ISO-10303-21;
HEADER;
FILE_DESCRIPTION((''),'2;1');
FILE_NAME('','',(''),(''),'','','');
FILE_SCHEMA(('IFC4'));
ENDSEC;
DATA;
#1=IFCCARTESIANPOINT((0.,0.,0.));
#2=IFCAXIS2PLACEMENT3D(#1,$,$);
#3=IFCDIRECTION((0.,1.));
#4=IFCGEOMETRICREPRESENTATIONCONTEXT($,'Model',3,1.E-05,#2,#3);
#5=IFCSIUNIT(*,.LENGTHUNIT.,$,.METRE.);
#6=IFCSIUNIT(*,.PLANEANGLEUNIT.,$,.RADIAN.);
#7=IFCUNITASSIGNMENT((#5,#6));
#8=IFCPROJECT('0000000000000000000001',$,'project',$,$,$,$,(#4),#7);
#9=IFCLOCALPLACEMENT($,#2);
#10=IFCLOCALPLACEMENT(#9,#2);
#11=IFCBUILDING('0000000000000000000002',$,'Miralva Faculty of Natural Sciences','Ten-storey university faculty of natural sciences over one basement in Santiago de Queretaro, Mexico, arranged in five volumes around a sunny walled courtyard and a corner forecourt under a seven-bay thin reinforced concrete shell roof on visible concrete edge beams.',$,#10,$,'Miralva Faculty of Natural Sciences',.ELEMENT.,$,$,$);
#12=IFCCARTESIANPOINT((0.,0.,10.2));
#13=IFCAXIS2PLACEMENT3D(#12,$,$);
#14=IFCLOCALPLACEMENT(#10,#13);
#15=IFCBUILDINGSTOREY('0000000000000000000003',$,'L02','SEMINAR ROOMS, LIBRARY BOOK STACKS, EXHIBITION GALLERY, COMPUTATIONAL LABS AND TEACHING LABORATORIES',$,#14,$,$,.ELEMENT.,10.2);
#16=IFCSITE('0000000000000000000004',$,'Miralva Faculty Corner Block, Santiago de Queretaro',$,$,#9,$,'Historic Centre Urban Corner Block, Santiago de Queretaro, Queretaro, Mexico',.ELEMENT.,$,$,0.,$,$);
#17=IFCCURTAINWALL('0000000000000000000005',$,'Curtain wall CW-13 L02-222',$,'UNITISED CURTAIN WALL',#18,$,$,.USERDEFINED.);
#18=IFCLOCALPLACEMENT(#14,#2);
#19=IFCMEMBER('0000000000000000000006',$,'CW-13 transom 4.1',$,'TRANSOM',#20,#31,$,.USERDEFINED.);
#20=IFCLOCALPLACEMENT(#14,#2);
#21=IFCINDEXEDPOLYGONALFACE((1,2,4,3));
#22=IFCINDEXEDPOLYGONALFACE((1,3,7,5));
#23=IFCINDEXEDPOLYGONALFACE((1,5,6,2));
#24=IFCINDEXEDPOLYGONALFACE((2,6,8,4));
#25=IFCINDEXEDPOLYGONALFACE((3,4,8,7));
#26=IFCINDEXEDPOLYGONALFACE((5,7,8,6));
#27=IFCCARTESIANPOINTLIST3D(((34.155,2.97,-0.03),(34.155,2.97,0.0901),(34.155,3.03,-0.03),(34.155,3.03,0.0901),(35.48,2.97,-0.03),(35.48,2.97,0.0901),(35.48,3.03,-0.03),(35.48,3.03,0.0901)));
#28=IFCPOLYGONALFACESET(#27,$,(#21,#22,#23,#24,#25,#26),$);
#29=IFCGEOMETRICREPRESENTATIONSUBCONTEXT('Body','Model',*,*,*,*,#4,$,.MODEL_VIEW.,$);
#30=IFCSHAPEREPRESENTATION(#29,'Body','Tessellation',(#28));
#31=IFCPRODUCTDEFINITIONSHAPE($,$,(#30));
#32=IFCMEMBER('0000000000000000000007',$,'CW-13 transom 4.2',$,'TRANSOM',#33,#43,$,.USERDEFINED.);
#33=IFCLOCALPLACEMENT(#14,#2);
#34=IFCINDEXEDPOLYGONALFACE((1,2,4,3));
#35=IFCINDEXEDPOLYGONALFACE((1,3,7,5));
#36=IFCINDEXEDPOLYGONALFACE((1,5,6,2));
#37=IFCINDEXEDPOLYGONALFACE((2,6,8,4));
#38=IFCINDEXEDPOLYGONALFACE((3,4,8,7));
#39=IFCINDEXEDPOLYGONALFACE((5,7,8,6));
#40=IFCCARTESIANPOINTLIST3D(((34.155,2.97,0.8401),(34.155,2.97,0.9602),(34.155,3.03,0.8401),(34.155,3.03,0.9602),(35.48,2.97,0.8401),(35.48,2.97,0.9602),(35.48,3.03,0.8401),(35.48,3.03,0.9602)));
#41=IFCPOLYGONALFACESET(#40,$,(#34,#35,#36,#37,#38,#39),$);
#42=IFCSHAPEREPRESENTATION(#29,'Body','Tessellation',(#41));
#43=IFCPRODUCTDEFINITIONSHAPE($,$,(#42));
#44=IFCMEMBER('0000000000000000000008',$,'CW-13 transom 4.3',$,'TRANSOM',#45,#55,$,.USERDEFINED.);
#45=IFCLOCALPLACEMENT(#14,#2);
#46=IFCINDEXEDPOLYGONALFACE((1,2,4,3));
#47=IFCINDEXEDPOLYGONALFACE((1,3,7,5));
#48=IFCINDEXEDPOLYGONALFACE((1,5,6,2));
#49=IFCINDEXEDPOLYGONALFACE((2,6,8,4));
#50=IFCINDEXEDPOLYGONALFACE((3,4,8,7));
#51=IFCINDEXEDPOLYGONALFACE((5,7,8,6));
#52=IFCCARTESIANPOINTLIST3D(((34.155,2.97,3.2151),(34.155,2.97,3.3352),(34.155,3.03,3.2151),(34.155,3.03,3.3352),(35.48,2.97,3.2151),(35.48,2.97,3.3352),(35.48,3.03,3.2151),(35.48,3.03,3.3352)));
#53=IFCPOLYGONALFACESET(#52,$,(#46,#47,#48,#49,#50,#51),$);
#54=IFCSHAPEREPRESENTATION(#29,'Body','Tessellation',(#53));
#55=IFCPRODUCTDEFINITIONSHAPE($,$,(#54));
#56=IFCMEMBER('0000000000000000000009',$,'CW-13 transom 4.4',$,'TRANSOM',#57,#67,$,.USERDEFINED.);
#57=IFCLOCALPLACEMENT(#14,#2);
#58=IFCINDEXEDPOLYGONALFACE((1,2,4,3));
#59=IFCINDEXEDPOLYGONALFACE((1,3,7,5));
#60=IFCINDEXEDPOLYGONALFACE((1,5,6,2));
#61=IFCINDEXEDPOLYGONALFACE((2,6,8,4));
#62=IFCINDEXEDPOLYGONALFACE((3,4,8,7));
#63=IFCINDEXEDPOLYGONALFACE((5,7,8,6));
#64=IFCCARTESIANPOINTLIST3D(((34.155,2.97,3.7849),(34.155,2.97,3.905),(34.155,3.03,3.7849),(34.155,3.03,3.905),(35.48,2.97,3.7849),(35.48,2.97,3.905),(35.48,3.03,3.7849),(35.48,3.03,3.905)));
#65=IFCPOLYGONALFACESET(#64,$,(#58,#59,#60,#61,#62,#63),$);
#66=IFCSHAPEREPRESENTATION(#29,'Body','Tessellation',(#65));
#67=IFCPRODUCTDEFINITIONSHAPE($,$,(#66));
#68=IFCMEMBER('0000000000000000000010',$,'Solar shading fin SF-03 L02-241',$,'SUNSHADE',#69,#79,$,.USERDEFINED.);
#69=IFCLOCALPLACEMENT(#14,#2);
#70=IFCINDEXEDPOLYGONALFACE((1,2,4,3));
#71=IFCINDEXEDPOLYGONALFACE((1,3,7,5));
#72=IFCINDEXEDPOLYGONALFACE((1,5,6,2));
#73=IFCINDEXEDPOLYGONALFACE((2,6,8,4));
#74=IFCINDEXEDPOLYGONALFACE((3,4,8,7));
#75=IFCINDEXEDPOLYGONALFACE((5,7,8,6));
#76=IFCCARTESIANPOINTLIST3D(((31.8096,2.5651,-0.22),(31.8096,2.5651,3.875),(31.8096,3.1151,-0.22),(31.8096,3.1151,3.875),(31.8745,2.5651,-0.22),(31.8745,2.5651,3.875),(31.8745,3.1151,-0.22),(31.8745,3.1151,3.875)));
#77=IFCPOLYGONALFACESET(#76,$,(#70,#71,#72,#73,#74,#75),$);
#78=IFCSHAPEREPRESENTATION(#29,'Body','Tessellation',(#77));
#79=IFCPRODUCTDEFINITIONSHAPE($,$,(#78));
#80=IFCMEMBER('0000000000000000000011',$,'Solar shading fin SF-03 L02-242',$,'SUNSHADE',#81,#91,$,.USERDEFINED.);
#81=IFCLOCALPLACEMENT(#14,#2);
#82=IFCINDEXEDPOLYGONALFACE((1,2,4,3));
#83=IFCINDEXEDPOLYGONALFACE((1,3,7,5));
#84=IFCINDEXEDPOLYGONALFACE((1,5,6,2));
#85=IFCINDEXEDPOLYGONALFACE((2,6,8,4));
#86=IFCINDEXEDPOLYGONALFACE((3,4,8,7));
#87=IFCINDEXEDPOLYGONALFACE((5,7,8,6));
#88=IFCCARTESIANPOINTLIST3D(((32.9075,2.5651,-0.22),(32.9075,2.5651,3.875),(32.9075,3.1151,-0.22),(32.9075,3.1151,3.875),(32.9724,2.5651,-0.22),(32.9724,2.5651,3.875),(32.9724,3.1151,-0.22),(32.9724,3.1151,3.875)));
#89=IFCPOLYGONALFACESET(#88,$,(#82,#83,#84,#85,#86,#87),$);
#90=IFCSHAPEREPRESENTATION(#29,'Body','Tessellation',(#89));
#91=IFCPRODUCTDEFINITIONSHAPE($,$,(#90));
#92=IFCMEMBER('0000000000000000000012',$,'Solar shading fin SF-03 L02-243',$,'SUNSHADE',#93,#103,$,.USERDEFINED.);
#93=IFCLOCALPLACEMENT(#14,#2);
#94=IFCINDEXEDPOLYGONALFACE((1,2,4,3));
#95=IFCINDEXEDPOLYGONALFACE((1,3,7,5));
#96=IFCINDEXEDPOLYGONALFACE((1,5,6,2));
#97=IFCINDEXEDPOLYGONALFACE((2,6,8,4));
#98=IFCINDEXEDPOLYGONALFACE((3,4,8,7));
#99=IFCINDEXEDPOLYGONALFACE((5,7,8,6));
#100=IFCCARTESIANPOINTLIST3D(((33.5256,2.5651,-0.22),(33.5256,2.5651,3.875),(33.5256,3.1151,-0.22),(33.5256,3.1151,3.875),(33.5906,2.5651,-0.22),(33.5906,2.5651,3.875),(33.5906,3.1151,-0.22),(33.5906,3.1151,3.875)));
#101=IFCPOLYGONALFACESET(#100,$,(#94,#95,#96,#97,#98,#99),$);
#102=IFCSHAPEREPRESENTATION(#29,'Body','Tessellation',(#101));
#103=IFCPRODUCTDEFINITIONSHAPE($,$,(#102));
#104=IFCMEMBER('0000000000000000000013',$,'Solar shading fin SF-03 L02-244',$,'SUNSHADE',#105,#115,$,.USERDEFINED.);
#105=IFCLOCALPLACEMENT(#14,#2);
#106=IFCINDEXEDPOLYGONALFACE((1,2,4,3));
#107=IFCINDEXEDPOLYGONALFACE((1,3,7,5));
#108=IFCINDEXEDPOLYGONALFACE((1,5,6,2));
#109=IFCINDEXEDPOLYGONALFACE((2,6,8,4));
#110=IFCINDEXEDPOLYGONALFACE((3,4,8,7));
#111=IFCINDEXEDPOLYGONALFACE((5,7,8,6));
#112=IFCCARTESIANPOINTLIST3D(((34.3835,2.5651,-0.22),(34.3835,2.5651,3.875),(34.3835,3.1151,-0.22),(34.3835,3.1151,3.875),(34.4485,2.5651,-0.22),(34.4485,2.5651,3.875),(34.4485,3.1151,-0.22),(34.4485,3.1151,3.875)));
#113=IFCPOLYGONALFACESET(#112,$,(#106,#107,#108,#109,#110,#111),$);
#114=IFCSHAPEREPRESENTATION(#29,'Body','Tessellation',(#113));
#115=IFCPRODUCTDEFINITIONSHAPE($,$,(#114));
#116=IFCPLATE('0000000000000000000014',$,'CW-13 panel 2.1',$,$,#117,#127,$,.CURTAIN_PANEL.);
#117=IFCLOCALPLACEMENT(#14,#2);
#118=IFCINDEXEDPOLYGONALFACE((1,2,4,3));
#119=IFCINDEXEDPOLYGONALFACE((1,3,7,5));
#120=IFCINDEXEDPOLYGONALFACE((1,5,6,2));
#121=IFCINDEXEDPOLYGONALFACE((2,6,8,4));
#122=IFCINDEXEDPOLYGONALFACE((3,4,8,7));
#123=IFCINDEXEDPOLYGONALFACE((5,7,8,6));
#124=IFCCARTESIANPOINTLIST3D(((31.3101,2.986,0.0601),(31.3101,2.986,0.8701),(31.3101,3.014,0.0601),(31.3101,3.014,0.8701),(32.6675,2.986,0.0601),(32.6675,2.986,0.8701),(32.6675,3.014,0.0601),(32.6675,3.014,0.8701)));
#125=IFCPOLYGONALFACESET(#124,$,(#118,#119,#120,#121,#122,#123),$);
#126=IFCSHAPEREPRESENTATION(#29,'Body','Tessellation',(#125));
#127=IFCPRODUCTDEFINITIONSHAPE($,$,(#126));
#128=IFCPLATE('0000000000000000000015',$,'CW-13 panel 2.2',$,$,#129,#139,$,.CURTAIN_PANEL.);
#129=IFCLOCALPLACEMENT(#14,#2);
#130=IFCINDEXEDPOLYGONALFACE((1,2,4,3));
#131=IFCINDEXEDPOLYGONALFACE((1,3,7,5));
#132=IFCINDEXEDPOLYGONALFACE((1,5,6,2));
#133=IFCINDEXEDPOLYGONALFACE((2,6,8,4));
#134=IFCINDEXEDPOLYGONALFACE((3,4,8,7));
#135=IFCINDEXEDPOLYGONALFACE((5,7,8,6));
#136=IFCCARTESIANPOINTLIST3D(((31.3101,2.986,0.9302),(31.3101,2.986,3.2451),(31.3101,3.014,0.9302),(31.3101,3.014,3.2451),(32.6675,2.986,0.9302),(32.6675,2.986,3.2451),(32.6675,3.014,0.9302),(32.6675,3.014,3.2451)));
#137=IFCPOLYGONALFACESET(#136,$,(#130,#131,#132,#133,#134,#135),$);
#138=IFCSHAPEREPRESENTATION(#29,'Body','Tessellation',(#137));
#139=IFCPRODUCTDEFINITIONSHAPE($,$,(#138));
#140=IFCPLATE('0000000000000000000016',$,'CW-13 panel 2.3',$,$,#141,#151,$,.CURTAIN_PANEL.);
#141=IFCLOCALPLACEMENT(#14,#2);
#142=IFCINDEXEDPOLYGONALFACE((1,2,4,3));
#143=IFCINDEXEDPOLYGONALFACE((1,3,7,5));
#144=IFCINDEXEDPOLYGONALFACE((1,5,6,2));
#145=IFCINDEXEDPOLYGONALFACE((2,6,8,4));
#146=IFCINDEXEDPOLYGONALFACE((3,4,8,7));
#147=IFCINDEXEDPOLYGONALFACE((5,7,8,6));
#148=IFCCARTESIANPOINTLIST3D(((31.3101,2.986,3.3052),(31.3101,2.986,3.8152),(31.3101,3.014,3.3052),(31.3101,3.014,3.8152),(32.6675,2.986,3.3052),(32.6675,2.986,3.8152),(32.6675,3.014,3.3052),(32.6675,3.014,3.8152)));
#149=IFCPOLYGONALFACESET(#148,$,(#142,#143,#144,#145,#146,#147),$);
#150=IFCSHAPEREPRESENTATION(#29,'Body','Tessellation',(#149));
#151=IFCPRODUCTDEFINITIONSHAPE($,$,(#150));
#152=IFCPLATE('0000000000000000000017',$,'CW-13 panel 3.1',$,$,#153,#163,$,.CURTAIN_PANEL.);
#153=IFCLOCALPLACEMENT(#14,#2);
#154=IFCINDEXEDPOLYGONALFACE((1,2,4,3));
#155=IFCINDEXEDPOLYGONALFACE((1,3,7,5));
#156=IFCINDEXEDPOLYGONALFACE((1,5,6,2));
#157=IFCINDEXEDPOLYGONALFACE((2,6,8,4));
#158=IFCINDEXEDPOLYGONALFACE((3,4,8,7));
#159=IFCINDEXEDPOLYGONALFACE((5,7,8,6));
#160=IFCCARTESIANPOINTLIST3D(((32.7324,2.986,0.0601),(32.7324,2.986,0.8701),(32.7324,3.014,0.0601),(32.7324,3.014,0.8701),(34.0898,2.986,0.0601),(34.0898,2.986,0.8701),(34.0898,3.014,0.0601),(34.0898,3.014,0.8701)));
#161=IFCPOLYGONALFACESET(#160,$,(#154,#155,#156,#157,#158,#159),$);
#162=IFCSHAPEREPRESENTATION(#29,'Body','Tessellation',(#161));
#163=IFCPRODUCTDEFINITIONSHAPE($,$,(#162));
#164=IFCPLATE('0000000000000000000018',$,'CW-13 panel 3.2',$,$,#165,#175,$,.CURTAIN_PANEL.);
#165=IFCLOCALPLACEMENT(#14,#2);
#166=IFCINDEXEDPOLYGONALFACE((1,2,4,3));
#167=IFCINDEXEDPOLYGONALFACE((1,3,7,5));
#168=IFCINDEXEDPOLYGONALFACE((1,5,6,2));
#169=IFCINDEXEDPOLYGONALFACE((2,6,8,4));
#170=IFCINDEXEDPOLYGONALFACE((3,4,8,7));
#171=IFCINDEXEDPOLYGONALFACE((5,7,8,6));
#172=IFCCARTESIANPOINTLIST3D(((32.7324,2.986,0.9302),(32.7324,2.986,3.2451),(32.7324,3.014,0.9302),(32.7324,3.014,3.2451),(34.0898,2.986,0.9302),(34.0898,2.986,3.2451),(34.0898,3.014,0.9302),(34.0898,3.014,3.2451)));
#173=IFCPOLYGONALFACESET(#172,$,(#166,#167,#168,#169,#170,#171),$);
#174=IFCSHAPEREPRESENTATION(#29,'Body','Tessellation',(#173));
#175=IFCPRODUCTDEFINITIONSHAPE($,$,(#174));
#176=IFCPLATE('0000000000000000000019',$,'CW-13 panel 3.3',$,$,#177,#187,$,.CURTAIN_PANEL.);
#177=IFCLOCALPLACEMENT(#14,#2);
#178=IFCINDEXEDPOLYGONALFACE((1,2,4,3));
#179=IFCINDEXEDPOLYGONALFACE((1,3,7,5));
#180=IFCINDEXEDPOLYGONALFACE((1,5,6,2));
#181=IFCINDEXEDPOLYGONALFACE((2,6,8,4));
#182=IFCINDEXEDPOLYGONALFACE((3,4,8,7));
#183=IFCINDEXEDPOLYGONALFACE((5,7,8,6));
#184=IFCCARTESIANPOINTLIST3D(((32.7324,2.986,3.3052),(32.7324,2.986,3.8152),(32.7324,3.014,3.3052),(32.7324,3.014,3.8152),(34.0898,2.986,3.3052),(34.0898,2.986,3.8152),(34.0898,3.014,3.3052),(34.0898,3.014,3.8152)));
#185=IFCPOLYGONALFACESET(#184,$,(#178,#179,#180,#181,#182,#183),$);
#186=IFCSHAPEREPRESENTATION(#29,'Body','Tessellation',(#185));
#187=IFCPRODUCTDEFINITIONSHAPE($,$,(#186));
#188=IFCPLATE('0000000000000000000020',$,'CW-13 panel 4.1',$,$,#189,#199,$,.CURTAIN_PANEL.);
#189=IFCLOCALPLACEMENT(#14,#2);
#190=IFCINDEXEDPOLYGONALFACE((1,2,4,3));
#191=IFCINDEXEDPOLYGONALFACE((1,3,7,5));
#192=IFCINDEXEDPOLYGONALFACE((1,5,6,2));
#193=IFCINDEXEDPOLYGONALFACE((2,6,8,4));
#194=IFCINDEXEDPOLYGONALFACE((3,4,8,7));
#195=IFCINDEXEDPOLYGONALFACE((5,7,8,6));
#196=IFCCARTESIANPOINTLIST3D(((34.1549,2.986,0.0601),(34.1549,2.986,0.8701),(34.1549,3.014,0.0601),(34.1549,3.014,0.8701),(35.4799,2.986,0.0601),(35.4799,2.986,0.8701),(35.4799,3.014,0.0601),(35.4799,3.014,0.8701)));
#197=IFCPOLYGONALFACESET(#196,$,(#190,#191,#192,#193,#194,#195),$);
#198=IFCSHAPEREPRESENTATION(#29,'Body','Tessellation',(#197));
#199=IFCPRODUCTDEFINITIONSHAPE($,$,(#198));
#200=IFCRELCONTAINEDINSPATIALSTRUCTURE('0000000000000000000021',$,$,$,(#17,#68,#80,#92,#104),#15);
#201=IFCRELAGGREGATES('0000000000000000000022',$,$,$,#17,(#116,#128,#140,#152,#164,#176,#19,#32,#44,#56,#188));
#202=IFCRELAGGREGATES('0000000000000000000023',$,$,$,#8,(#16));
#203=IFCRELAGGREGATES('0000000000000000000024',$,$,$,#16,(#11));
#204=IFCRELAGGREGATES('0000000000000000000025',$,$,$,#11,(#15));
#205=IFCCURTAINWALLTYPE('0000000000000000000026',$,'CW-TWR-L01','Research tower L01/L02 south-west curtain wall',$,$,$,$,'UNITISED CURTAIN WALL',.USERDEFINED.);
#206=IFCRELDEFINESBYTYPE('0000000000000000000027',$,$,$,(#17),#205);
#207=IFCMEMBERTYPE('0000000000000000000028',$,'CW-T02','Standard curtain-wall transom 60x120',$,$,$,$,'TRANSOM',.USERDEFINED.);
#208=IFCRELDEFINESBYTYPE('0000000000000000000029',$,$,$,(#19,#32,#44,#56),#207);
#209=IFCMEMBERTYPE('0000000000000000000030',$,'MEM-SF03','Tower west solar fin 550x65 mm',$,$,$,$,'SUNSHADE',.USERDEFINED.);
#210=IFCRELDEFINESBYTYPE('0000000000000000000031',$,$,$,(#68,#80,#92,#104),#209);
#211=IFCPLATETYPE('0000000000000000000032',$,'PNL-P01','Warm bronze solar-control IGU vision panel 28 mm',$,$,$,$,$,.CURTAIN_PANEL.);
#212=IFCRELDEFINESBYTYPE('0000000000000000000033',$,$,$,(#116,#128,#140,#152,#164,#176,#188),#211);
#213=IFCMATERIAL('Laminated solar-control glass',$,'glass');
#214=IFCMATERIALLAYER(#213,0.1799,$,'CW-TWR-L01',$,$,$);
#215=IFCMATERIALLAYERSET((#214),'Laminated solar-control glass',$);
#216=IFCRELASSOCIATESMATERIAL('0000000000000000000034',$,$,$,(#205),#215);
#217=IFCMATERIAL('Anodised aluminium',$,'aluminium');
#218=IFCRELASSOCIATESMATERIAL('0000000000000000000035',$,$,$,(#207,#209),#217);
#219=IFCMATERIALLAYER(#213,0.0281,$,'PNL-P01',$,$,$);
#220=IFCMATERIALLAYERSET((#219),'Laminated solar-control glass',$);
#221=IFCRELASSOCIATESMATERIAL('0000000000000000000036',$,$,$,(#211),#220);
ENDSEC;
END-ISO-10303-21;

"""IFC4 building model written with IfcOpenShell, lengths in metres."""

from ifc_helpers import new_model, si_unit, direction, frame, origin, origin_2d, place, context, subcontext, project, spatial, rectangle, extrude, material, layer, layer_set, material_profile, profile_set, type_object, element, aggregate, save


model = new_model("IFC4")

# Units and contexts
model_context = context("Model", 3, precision=1e-05, world=origin(), true_north=direction((0.0, 1.0)))
body_context = subcontext(model_context, "Body", "Model", "MODEL_VIEW")
ifc_project = project(units=[si_unit("LENGTHUNIT", "METRE"), si_unit("PLANEANGLEUNIT", "RADIAN")], contexts=[model_context])

# Site, building, storey
site_placement = place(None, origin())
site = spatial("IfcSite", under=ifc_project, at=site_placement, Name="Miralva Faculty Corner Block, Santiago de Queretaro", LongName="Historic Centre Urban Corner Block, Santiago de Queretaro, Queretaro, Mexico", CompositionType="ELEMENT", RefElevation=0.0)
building_placement = place(site_placement, origin())
building = spatial("IfcBuilding", under=site, at=building_placement, Name="Miralva Faculty of Natural Sciences", Description="Ten-storey university faculty of natural sciences over one basement in Santiago de Queretaro, Mexico, arranged in five volumes around a sunny walled courtyard and a corner forecourt under a seven-bay thin reinforced concrete shell roof on visible concrete edge beams.", LongName="Miralva Faculty of Natural Sciences", CompositionType="ELEMENT")
storey_placement = place(building_placement, frame((0.0, 0.0, 10.2)))
storey = spatial("IfcBuildingStorey", under=building, at=storey_placement, Name="L02", Description="SEMINAR ROOMS, LIBRARY BOOK STACKS, EXHIBITION GALLERY, COMPUTATIONAL LABS AND TEACHING LABORATORIES", CompositionType="ELEMENT", Elevation=10.2)

# Curtain wall, members
ifc_material_1 = material(Name="Laminated solar-control glass", Category="glass")
ifc_layer_1 = layer(ifc_material_1, 0.1799, Name="CW-TWR-L01")
ifc_layer_set_1 = layer_set([ifc_layer_1], Name="Laminated solar-control glass")
curtain_wall_type = type_object("IfcCurtainWallType", Name="CW-TWR-L01", Description="Research tower L01/L02 south-west curtain wall", ElementType="UNITISED CURTAIN WALL", PredefinedType="USERDEFINED", material=ifc_layer_set_1)
curtain_wall_placement = place(storey_placement, origin())
curtain_wall = element("IfcCurtainWall", 1, at=curtain_wall_placement, inside=storey, type_object=curtain_wall_type, Name="Curtain wall CW-13 L02-222", ObjectType="UNITISED CURTAIN WALL", PredefinedType="USERDEFINED")
ifc_material_2 = material(Name="Anodised aluminium", Category="aluminium")
ifc_material_profile_1 = material_profile(ifc_material_2, rectangle(XDim=0.0601, YDim=0.1201, at=origin_2d()), Name="TRANSOM 60x120")
ifc_profile_set_1 = profile_set([ifc_material_profile_1], Name="Anodised aluminium")
member_type_1 = type_object("IfcMemberType", Name="CW-T02", Description="Standard curtain-wall transom 60x120", ElementType="TRANSOM", PredefinedType="USERDEFINED", material=ifc_profile_set_1)
member_1_placement = place(storey_placement, frame((34.155, 3.0, 0.03), z_axis=(1.0, 0.0, 0.0), x_axis=(0.0, 1.0, 0.0)))
member_1 = element("IfcMember", 2, at=member_1_placement, type_object=member_type_1, Name="CW-13 transom 4.1", ObjectType="TRANSOM", PredefinedType="USERDEFINED", context=body_context, shape_type="SweptSolid", body=[
    extrude(rectangle(XDim=0.0601, YDim=0.1201, at=origin_2d()), origin(), (0.0, 0.0, 1.0), 1.325),
])
member_2_placement = place(storey_placement, frame((34.155, 3.0, 0.9001), z_axis=(1.0, 0.0, 0.0), x_axis=(0.0, 1.0, 0.0)))
member_2 = element("IfcMember", 3, at=member_2_placement, type_object=member_type_1, Name="CW-13 transom 4.2", ObjectType="TRANSOM", PredefinedType="USERDEFINED", context=body_context, shape_type="SweptSolid", body=[
    extrude(rectangle(XDim=0.0601, YDim=0.1201, at=origin_2d()), origin(), (0.0, 0.0, 1.0), 1.325),
])
member_3_placement = place(storey_placement, frame((34.155, 3.0, 3.2751), z_axis=(1.0, 0.0, 0.0), x_axis=(0.0, 1.0, 0.0)))
member_3 = element("IfcMember", 4, at=member_3_placement, type_object=member_type_1, Name="CW-13 transom 4.3", ObjectType="TRANSOM", PredefinedType="USERDEFINED", context=body_context, shape_type="SweptSolid", body=[
    extrude(rectangle(XDim=0.0601, YDim=0.1201, at=origin_2d()), origin(), (0.0, 0.0, 1.0), 1.325),
])
member_4_placement = place(storey_placement, frame((34.155, 3.0, 3.845), z_axis=(1.0, 0.0, 0.0), x_axis=(0.0, 1.0, 0.0)))
member_4 = element("IfcMember", 5, at=member_4_placement, type_object=member_type_1, Name="CW-13 transom 4.4", ObjectType="TRANSOM", PredefinedType="USERDEFINED", context=body_context, shape_type="SweptSolid", body=[
    extrude(rectangle(XDim=0.0601, YDim=0.1201, at=origin_2d()), origin(), (0.0, 0.0, 1.0), 1.325),
])

# Members
ifc_material_profile_2 = material_profile(ifc_material_2, rectangle(XDim=0.0649, YDim=0.55, at=origin_2d()), Name="FIN 550x65")
ifc_profile_set_2 = profile_set([ifc_material_profile_2], Name="Anodised aluminium")
member_type_2 = type_object("IfcMemberType", Name="MEM-SF03", Description="Tower west solar fin 550x65 mm", ElementType="SUNSHADE", PredefinedType="USERDEFINED", material=ifc_profile_set_2)
for number, where, z_axis, x_axis, name in (
    (6, (31.842, 2.8401, -0.22), (0.0, 0.0, 1.0), (1.0, 0.0, 0.0), "Solar shading fin SF-03 L02-241"),
    (7, (32.9399, 2.8401, -0.22), (0.0, 0.0, 1.0), (1.0, 0.0, 0.0), "Solar shading fin SF-03 L02-242"),
    (8, (33.5581, 2.8401, -0.22), (0.0, 0.0, 1.0), (1.0, 0.0, 0.0), "Solar shading fin SF-03 L02-243"),
    (9, (34.416, 2.8401, -0.22), (0.0, 0.0, 1.0), (1.0, 0.0, 0.0), "Solar shading fin SF-03 L02-244"),
):
    element("IfcMember", number, at=place(storey_placement, frame(where, z_axis=z_axis, x_axis=x_axis)), inside=storey, type_object=member_type_2, Name=name, ObjectType="SUNSHADE", PredefinedType="USERDEFINED", context=body_context, shape_type="SweptSolid", body=[
        extrude(rectangle(XDim=0.0649, YDim=0.55, at=origin_2d()), origin(), (0.0, 0.0, 1.0), 4.095),
    ])

# Plates
ifc_layer_2 = layer(ifc_material_1, 0.0281, Name="PNL-P01")
ifc_layer_set_2 = layer_set([ifc_layer_2], Name="Laminated solar-control glass")
plate_type = type_object("IfcPlateType", Name="PNL-P01", Description="Warm bronze solar-control IGU vision panel 28 mm", PredefinedType="CURTAIN_PANEL", material=ifc_layer_set_2)
plate_1_placement = place(storey_placement, frame((31.9888, 3.0, 0.0601), z_axis=(0.0, 0.0, 1.0), x_axis=(1.0, 0.0, 0.0)))
plate_1 = element("IfcPlate", 10, at=plate_1_placement, type_object=plate_type, Name="CW-13 panel 2.1", PredefinedType="CURTAIN_PANEL", context=body_context, shape_type="SweptSolid", body=[
    extrude(rectangle(XDim=1.3574, YDim=0.0281, at=origin_2d()), origin(), (0.0, 0.0, 1.0), 0.8101),
])
plate_2_placement = place(storey_placement, frame((31.9888, 3.0, 0.9302), z_axis=(0.0, 0.0, 1.0), x_axis=(1.0, 0.0, 0.0)))
plate_2 = element("IfcPlate", 11, at=plate_2_placement, type_object=plate_type, Name="CW-13 panel 2.2", PredefinedType="CURTAIN_PANEL", context=body_context, shape_type="SweptSolid", body=[
    extrude(rectangle(XDim=1.3574, YDim=0.0281, at=origin_2d()), origin(), (0.0, 0.0, 1.0), 2.3149),
])
plate_3_placement = place(storey_placement, frame((31.9888, 3.0, 3.3052), z_axis=(0.0, 0.0, 1.0), x_axis=(1.0, 0.0, 0.0)))
plate_3 = element("IfcPlate", 12, at=plate_3_placement, type_object=plate_type, Name="CW-13 panel 2.3", PredefinedType="CURTAIN_PANEL", context=body_context, shape_type="SweptSolid", body=[
    extrude(rectangle(XDim=1.3574, YDim=0.0281, at=origin_2d()), origin(), (0.0, 0.0, 1.0), 0.51),
])
plate_4_placement = place(storey_placement, frame((33.4111, 3.0, 0.0601), z_axis=(0.0, 0.0, 1.0), x_axis=(1.0, 0.0, 0.0)))
plate_4 = element("IfcPlate", 13, at=plate_4_placement, type_object=plate_type, Name="CW-13 panel 3.1", PredefinedType="CURTAIN_PANEL", context=body_context, shape_type="SweptSolid", body=[
    extrude(rectangle(XDim=1.3574, YDim=0.0281, at=origin_2d()), origin(), (0.0, 0.0, 1.0), 0.8101),
])
plate_5_placement = place(storey_placement, frame((33.4111, 3.0, 0.9302), z_axis=(0.0, 0.0, 1.0), x_axis=(1.0, 0.0, 0.0)))
plate_5 = element("IfcPlate", 14, at=plate_5_placement, type_object=plate_type, Name="CW-13 panel 3.2", PredefinedType="CURTAIN_PANEL", context=body_context, shape_type="SweptSolid", body=[
    extrude(rectangle(XDim=1.3574, YDim=0.0281, at=origin_2d()), origin(), (0.0, 0.0, 1.0), 2.3149),
])
plate_6_placement = place(storey_placement, frame((33.4111, 3.0, 3.3052), z_axis=(0.0, 0.0, 1.0), x_axis=(1.0, 0.0, 0.0)))
plate_6 = element("IfcPlate", 15, at=plate_6_placement, type_object=plate_type, Name="CW-13 panel 3.3", PredefinedType="CURTAIN_PANEL", context=body_context, shape_type="SweptSolid", body=[
    extrude(rectangle(XDim=1.3574, YDim=0.0281, at=origin_2d()), origin(), (0.0, 0.0, 1.0), 0.51),
])
plate_7_placement = place(storey_placement, frame((34.8174, 3.0, 0.0601), z_axis=(0.0, 0.0, 1.0), x_axis=(1.0, 0.0, 0.0)))
plate_7 = element("IfcPlate", 16, at=plate_7_placement, type_object=plate_type, Name="CW-13 panel 4.1", PredefinedType="CURTAIN_PANEL", context=body_context, shape_type="SweptSolid", body=[
    extrude(rectangle(XDim=1.325, YDim=0.0281, at=origin_2d()), origin(), (0.0, 0.0, 1.0), 0.8101),
])
aggregate(curtain_wall, [plate_1, plate_2, plate_3, plate_4, plate_5, plate_6, member_1, member_2, member_3, member_4, plate_7])

save(model, "model.ifc")
